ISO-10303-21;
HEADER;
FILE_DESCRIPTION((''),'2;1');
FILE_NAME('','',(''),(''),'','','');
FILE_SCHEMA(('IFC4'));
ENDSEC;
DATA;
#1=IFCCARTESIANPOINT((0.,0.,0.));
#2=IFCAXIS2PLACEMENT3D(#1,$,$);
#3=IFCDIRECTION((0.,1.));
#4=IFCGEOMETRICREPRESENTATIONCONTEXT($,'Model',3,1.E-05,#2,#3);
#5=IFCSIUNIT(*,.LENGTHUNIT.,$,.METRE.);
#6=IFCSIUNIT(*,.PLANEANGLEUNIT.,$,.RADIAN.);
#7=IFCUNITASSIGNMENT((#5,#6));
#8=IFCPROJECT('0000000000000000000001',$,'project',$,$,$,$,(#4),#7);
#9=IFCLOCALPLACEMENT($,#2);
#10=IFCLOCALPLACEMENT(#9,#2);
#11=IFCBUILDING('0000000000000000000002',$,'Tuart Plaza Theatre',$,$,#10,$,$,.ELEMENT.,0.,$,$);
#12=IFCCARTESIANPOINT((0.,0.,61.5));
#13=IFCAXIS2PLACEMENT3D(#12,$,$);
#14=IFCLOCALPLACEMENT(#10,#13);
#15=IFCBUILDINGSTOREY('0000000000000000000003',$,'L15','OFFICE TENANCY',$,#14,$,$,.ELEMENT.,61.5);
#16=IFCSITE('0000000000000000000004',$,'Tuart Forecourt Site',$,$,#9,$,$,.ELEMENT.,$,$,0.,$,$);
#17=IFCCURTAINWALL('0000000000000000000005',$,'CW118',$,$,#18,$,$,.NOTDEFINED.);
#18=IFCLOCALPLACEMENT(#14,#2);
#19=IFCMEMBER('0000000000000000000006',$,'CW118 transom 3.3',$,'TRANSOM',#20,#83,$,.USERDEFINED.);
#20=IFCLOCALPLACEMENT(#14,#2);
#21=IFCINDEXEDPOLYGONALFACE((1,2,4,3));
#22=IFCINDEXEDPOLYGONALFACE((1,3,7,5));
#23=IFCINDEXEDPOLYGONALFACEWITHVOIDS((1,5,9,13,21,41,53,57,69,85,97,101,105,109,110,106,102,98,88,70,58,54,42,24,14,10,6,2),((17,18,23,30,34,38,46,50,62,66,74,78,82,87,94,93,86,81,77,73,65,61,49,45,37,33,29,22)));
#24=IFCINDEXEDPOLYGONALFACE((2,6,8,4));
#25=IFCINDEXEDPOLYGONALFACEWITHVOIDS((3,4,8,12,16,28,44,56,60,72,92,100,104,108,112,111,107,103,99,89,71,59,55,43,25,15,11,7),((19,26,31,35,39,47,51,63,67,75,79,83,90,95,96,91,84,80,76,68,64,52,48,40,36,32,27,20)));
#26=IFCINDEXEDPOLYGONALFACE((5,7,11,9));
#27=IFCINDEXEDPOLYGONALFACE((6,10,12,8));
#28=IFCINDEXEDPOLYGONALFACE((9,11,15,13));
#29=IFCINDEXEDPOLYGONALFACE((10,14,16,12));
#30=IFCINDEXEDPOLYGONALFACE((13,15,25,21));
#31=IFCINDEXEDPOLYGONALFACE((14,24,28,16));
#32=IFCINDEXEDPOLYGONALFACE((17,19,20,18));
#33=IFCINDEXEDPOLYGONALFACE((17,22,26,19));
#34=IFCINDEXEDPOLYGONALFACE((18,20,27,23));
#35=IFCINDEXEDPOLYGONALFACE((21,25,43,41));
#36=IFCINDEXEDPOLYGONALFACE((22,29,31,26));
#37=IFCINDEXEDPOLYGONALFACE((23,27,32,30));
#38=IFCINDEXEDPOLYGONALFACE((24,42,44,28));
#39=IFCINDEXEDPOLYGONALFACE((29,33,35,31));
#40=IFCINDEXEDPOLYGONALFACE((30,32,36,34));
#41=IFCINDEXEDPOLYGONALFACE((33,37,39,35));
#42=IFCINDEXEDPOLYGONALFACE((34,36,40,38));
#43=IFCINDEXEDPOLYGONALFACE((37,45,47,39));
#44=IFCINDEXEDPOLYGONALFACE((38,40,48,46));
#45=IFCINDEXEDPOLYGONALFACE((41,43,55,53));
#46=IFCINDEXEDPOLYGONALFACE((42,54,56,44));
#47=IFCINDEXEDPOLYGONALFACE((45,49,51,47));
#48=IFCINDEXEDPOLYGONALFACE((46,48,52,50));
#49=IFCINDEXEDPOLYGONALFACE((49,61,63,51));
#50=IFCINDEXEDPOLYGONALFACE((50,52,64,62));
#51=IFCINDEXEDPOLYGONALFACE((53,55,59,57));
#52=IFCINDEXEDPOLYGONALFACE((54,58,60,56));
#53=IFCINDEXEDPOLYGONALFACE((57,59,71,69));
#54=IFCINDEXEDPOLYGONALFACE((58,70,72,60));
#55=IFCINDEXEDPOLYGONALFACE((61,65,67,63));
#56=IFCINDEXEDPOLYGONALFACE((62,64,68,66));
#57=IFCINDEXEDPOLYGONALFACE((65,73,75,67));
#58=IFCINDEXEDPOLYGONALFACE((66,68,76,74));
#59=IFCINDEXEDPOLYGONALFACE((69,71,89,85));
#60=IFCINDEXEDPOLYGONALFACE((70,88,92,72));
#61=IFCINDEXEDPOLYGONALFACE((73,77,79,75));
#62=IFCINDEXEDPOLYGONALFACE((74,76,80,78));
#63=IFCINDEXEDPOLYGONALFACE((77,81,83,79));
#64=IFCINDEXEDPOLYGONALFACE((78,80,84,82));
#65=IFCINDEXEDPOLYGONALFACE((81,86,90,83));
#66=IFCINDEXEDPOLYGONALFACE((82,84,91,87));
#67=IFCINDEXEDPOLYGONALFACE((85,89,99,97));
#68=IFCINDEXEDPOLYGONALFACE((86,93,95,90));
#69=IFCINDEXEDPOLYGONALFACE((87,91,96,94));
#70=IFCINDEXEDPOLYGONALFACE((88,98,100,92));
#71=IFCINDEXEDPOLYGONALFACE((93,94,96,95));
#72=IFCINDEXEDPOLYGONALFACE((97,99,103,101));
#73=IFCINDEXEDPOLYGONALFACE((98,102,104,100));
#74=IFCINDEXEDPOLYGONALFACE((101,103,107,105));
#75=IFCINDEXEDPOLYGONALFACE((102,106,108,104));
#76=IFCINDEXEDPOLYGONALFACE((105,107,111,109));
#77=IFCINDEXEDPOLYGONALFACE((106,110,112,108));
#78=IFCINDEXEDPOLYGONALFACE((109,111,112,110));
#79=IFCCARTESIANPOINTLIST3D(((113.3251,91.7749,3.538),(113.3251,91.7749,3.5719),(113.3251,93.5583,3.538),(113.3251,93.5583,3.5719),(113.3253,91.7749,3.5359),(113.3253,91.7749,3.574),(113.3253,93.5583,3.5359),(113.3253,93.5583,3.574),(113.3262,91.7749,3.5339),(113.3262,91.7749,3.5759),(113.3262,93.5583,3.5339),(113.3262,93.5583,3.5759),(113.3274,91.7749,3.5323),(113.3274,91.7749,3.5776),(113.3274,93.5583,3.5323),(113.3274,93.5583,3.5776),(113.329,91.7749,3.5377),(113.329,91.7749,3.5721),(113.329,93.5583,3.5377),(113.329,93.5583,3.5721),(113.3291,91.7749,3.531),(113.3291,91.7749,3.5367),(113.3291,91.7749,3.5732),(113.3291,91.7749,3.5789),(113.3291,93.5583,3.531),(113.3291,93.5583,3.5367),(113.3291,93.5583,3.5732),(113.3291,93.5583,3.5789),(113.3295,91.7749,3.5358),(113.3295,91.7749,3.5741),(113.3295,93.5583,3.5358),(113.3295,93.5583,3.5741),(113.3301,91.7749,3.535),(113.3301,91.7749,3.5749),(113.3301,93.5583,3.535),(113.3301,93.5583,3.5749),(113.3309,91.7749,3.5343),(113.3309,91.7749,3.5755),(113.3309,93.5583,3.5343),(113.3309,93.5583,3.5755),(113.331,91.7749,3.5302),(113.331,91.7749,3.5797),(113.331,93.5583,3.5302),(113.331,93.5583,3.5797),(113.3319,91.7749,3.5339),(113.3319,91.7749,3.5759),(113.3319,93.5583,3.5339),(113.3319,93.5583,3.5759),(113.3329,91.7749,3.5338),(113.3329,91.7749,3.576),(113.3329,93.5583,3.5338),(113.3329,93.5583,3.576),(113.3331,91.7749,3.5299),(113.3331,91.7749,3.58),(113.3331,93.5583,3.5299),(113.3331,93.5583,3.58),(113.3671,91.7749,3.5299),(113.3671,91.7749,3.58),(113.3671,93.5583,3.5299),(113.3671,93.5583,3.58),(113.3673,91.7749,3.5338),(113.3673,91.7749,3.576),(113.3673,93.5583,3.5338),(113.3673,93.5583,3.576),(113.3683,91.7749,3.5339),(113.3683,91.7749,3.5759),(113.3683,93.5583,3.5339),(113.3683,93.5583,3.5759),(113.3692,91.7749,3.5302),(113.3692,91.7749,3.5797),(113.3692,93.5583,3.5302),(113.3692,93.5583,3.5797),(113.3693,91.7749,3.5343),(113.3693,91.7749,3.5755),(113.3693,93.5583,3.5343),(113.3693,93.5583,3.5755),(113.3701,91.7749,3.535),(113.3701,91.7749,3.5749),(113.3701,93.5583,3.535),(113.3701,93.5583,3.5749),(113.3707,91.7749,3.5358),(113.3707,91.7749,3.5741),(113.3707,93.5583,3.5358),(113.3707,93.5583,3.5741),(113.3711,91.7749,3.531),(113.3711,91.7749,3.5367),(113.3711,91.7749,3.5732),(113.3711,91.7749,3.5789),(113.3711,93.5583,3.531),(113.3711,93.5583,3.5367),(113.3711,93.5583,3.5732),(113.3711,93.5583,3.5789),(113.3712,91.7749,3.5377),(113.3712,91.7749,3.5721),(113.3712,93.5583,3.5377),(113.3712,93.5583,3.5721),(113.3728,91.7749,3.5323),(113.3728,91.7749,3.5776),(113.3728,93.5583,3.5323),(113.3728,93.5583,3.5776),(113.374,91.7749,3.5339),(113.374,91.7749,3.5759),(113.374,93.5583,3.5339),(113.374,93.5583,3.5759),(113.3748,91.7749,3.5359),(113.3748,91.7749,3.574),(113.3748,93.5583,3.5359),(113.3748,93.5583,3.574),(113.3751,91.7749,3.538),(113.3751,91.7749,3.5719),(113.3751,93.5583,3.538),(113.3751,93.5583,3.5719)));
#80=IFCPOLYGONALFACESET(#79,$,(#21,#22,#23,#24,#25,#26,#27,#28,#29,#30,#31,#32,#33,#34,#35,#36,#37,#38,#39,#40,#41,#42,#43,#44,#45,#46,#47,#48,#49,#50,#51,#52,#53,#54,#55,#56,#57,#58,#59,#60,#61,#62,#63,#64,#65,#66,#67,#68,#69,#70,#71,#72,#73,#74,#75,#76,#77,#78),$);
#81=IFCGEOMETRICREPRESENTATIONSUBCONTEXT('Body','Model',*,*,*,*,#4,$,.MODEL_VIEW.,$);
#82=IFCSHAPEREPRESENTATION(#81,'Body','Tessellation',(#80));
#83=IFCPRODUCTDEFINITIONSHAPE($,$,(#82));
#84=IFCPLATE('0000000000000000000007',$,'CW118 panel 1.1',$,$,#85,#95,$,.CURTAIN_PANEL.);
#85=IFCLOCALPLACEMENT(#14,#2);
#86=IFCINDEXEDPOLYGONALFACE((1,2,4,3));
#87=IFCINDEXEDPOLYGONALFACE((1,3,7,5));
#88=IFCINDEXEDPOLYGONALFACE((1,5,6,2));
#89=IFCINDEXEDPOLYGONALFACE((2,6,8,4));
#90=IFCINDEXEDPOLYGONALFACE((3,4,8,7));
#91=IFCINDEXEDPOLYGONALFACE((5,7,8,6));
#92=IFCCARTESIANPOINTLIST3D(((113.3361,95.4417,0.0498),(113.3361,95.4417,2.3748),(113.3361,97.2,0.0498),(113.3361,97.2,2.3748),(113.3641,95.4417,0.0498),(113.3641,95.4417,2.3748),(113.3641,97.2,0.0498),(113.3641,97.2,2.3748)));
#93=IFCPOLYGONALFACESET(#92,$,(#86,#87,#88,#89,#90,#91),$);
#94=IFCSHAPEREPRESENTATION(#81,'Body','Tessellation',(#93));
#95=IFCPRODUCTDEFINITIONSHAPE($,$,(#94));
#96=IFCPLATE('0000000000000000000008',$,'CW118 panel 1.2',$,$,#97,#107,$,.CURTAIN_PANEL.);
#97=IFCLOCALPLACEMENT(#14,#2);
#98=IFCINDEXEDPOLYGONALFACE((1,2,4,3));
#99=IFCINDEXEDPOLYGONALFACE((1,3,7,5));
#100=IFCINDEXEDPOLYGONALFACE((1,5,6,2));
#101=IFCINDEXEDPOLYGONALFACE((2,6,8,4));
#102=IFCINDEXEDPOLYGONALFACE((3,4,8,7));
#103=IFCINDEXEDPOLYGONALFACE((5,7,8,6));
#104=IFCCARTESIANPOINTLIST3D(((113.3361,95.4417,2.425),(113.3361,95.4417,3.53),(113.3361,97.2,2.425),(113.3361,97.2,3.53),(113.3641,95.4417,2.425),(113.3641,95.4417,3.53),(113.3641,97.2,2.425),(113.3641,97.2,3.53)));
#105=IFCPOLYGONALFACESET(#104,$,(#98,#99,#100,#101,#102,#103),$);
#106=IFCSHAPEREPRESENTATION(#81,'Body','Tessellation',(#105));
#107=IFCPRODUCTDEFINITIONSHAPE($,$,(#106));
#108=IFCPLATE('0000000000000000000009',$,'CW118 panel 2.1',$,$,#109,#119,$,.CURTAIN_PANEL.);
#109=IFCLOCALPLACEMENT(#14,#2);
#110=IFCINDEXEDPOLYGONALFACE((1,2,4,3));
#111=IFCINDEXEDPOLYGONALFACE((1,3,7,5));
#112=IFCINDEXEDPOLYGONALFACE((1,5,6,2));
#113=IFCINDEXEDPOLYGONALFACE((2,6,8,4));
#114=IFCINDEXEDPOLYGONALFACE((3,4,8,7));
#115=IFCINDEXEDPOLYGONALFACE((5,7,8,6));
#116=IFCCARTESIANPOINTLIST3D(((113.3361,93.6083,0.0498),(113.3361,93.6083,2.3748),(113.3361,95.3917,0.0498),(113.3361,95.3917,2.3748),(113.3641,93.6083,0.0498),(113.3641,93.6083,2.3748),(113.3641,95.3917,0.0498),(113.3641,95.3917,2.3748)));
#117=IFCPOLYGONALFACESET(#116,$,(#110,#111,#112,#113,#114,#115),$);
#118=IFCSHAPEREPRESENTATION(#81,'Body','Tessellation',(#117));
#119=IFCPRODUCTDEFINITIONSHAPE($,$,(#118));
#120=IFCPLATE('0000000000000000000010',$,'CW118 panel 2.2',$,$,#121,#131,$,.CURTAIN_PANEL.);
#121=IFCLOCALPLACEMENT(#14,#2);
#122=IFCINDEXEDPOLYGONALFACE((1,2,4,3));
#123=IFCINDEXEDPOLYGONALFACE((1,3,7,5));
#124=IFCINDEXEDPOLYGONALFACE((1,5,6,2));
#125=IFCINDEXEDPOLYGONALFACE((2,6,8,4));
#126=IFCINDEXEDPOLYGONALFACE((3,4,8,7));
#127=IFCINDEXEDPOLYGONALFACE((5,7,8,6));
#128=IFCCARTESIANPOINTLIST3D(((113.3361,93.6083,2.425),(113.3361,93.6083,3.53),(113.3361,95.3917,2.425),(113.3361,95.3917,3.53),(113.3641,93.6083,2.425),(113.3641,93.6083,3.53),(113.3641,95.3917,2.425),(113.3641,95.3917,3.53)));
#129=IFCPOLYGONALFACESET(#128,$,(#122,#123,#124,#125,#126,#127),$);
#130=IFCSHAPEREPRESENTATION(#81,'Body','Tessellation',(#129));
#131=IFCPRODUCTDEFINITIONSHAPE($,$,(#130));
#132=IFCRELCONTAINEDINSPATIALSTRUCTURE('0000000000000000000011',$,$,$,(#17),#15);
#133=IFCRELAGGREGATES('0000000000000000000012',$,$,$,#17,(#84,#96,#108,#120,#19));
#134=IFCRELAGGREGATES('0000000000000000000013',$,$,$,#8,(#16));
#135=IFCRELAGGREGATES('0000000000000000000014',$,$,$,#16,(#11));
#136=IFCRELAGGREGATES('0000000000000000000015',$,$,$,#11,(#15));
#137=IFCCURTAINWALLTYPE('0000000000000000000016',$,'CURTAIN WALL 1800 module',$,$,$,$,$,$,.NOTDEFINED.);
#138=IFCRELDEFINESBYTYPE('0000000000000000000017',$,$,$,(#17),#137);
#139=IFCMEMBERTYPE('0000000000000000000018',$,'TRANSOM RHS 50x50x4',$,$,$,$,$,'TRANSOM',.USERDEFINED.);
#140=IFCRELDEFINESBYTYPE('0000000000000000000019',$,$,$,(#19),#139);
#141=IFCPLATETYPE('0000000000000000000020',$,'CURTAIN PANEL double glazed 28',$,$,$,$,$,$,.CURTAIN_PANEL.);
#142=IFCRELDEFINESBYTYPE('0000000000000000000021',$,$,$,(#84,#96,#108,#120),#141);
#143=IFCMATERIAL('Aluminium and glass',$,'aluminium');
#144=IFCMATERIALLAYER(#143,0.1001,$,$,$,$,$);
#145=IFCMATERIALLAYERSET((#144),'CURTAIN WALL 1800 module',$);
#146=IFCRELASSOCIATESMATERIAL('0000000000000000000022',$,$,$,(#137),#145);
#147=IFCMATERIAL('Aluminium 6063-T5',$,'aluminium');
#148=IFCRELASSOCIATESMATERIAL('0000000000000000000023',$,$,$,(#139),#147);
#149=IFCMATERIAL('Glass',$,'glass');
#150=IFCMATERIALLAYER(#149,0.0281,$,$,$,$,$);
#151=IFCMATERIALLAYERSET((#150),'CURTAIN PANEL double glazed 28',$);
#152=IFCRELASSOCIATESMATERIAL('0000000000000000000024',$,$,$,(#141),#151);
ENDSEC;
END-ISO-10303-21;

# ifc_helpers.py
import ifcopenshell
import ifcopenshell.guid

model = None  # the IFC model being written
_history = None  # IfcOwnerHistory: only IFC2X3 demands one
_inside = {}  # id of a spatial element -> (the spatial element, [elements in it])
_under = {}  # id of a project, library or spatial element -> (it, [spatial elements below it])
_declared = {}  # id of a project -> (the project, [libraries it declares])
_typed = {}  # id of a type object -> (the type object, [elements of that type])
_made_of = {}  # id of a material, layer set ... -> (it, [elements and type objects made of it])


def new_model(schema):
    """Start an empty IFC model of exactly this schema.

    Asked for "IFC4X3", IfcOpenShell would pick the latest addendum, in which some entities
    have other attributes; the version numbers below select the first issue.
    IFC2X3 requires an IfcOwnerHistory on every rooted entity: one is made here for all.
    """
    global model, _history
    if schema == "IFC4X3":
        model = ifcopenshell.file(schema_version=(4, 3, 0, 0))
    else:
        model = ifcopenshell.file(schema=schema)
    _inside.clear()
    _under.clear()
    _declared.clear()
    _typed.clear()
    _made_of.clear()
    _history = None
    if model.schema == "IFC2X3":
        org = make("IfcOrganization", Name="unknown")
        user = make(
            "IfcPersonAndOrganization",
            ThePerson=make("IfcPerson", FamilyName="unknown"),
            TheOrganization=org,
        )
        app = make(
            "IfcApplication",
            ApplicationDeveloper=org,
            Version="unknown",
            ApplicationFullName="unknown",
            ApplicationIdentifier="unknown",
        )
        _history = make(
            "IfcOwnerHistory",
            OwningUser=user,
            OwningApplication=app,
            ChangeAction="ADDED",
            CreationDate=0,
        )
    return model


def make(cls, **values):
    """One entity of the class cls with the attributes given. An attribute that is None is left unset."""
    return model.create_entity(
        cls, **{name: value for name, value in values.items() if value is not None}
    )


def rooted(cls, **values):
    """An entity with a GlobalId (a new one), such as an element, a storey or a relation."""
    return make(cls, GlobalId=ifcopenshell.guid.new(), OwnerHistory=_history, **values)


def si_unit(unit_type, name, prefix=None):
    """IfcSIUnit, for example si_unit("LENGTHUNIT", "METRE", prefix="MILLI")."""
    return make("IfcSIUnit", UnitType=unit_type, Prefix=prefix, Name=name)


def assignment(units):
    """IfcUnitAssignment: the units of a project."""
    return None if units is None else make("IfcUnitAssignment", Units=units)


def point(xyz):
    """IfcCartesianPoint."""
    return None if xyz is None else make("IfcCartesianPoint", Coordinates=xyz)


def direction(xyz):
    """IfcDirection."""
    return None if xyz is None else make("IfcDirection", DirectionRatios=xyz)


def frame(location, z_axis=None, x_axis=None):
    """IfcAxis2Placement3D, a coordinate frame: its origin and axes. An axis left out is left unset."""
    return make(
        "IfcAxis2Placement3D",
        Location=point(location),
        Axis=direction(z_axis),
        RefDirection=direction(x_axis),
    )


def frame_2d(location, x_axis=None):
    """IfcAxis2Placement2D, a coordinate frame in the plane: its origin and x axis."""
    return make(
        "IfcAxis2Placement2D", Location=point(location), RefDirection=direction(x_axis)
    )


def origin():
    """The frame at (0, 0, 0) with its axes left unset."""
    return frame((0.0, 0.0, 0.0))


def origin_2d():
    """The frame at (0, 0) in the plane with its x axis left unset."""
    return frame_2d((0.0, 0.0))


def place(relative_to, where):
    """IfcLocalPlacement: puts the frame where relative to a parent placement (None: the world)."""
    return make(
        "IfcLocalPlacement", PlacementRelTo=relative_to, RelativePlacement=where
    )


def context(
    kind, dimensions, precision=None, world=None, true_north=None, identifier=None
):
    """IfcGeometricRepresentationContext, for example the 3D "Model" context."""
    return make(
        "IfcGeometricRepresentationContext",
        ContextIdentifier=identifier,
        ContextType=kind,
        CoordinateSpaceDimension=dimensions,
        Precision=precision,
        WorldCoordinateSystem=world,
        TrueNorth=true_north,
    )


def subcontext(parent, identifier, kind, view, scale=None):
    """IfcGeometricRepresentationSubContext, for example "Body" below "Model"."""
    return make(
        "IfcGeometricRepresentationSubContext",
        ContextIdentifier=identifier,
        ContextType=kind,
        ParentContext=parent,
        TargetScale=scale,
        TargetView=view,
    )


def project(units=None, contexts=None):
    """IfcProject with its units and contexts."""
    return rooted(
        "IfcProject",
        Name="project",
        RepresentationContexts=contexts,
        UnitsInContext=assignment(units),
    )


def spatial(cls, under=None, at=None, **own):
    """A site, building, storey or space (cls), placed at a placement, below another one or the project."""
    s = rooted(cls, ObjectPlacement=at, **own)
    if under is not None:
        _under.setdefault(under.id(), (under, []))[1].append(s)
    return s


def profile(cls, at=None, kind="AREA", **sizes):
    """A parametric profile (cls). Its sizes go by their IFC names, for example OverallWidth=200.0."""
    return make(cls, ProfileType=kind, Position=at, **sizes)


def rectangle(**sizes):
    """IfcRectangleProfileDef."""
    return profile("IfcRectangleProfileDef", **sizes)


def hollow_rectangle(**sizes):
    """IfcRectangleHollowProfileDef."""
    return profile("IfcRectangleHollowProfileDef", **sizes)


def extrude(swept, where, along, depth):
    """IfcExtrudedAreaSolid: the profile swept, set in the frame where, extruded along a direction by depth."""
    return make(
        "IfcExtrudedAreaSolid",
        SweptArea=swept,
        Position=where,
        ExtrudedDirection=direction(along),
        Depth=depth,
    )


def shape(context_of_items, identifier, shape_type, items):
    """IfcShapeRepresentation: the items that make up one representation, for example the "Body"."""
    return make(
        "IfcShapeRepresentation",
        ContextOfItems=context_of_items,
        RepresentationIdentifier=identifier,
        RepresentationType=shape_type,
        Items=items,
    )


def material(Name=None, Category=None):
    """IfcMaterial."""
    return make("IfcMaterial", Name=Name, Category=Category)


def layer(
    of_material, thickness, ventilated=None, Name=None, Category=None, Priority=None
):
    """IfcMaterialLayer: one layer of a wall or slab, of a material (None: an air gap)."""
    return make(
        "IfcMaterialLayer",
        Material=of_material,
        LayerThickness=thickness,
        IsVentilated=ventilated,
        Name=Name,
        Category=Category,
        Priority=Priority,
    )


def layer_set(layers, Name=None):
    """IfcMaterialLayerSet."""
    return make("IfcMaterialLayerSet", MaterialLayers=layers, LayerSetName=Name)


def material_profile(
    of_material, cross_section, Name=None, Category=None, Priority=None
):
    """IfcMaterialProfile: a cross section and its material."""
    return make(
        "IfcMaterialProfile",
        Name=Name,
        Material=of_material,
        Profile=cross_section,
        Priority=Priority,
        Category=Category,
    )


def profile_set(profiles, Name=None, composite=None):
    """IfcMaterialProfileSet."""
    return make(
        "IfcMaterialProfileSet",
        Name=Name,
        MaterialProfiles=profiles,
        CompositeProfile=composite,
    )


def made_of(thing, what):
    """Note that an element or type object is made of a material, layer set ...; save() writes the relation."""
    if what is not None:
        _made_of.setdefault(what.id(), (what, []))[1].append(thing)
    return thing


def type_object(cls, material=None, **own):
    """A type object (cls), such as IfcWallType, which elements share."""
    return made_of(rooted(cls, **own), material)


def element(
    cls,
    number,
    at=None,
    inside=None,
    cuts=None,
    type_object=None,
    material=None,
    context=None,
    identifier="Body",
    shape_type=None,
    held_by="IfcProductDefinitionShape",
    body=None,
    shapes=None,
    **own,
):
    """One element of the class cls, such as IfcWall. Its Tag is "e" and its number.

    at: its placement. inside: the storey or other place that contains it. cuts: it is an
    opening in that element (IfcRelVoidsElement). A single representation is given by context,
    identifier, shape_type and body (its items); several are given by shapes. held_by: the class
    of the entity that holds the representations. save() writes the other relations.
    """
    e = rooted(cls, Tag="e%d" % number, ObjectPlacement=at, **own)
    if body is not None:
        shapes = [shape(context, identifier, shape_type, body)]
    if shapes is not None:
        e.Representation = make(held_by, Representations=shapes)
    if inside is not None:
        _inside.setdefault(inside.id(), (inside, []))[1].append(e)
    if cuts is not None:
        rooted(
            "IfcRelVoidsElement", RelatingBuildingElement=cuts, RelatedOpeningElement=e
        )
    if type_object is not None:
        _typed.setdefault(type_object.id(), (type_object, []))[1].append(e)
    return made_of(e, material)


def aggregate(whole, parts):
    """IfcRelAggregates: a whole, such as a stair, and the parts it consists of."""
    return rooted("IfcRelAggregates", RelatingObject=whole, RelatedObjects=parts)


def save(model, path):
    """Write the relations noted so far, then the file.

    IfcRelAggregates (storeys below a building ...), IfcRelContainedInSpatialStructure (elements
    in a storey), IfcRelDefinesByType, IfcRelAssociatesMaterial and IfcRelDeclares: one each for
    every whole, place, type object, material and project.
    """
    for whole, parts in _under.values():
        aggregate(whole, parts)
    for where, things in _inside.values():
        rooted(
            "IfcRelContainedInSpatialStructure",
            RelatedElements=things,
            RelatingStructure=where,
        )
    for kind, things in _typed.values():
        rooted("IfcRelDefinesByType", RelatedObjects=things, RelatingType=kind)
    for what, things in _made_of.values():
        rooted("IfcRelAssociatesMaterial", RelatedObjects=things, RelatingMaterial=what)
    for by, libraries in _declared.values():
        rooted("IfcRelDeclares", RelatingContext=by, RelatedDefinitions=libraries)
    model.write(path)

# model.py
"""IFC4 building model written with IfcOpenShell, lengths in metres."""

from ifc_helpers import new_model, si_unit, direction, frame, origin, origin_2d, place, context, subcontext, project, spatial, rectangle, hollow_rectangle, extrude, material, layer, layer_set, material_profile, profile_set, type_object, element, aggregate, save


model = new_model("IFC4")

# Units and contexts
model_context = context("Model", 3, precision=1e-05, world=origin(), true_north=direction((0.0, 1.0)))
body_context = subcontext(model_context, "Body", "Model", "MODEL_VIEW")
ifc_project = project(units=[si_unit("LENGTHUNIT", "METRE"), si_unit("PLANEANGLEUNIT", "RADIAN")], contexts=[model_context])

# Site, building, storey
site_placement = place(None, origin())
site = spatial("IfcSite", under=ifc_project, at=site_placement, Name="Tuart Forecourt Site", CompositionType="ELEMENT", RefElevation=0.0)
building_placement = place(site_placement, origin())
building = spatial("IfcBuilding", under=site, at=building_placement, Name="Tuart Plaza Theatre", CompositionType="ELEMENT", ElevationOfRefHeight=0.0)
storey_placement = place(building_placement, frame((0.0, 0.0, 61.5)))
storey = spatial("IfcBuildingStorey", under=building, at=storey_placement, Name="L15", Description="OFFICE TENANCY", CompositionType="ELEMENT", Elevation=61.5)

# Curtain wall, member, plates
ifc_material_1 = material(Name="Aluminium and glass", Category="aluminium")
ifc_layer_1 = layer(ifc_material_1, 0.1001)
ifc_layer_set_1 = layer_set([ifc_layer_1], Name="CURTAIN WALL 1800 module")
curtain_wall_type = type_object("IfcCurtainWallType", Name="CURTAIN WALL 1800 module", PredefinedType="NOTDEFINED", material=ifc_layer_set_1)
curtain_wall_placement = place(storey_placement, origin())
curtain_wall = element("IfcCurtainWall", 1, at=curtain_wall_placement, inside=storey, type_object=curtain_wall_type, Name="CW118", PredefinedType="NOTDEFINED")
ifc_material_2 = material(Name="Aluminium 6063-T5", Category="aluminium")
ifc_material_profile_1 = material_profile(ifc_material_2, hollow_rectangle(XDim=0.05, YDim=0.05, WallThickness=0.0039, InnerFilletRadius=0.0039, OuterFilletRadius=0.0081, at=origin_2d()), Name="RHS 50x50x4")
ifc_profile_set_1 = profile_set([ifc_material_profile_1], Name="Aluminium 6063-T5")
member_type_1 = type_object("IfcMemberType", Name="TRANSOM RHS 50x50x4", ElementType="TRANSOM", PredefinedType="USERDEFINED", material=ifc_profile_set_1)
member_1_placement = place(storey_placement, frame((113.3501, 93.5583, 3.5549), z_axis=(0.0, -1.0, 0.0), x_axis=(1.0, 0.0, 0.0)))
member_1 = element("IfcMember", 2, at=member_1_placement, type_object=member_type_1, Name="CW118 transom 3.3", ObjectType="TRANSOM", PredefinedType="USERDEFINED", context=body_context, shape_type="SweptSolid", body=[
    extrude(hollow_rectangle(XDim=0.05, YDim=0.05, WallThickness=0.0039, InnerFilletRadius=0.0039, OuterFilletRadius=0.0081, at=origin_2d()), origin(), (0.0, 0.0, 1.0), 1.7834),
])
ifc_material_3 = material(Name="Glass", Category="glass")
ifc_layer_2 = layer(ifc_material_3, 0.0281)
ifc_layer_set_2 = layer_set([ifc_layer_2], Name="CURTAIN PANEL double glazed 28")
plate_type = type_object("IfcPlateType", Name="CURTAIN PANEL double glazed 28", PredefinedType="CURTAIN_PANEL", material=ifc_layer_set_2)
plate_1_placement = place(storey_placement, frame((113.3501, 96.3208, 0.0498), z_axis=(0.0, 0.0, 1.0), x_axis=(0.0, -1.0, 0.0)))
plate_1 = element("IfcPlate", 3, at=plate_1_placement, type_object=plate_type, Name="CW118 panel 1.1", PredefinedType="CURTAIN_PANEL", context=body_context, shape_type="SweptSolid", body=[
    extrude(rectangle(XDim=1.7583, YDim=0.0281, at=origin_2d()), origin(), (0.0, 0.0, 1.0), 2.325),
])
plate_2_placement = place(storey_placement, frame((113.3501, 96.3208, 2.425), z_axis=(0.0, 0.0, 1.0), x_axis=(0.0, -1.0, 0.0)))
plate_2 = element("IfcPlate", 4, at=plate_2_placement, type_object=plate_type, Name="CW118 panel 1.2", PredefinedType="CURTAIN_PANEL", context=body_context, shape_type="SweptSolid", body=[
    extrude(rectangle(XDim=1.7583, YDim=0.0281, at=origin_2d()), origin(), (0.0, 0.0, 1.0), 1.105),
])
plate_3_placement = place(storey_placement, frame((113.3501, 94.5, 0.0498), z_axis=(0.0, 0.0, 1.0), x_axis=(0.0, -1.0, 0.0)))
plate_3 = element("IfcPlate", 5, at=plate_3_placement, type_object=plate_type, Name="CW118 panel 2.1", PredefinedType="CURTAIN_PANEL", context=body_context, shape_type="SweptSolid", body=[
    extrude(rectangle(XDim=1.7834, YDim=0.0281, at=origin_2d()), origin(), (0.0, 0.0, 1.0), 2.325),
])
plate_4_placement = place(storey_placement, frame((113.3501, 94.5, 2.425), z_axis=(0.0, 0.0, 1.0), x_axis=(0.0, -1.0, 0.0)))
plate_4 = element("IfcPlate", 6, at=plate_4_placement, type_object=plate_type, Name="CW118 panel 2.2", PredefinedType="CURTAIN_PANEL", context=body_context, shape_type="SweptSolid", body=[
    extrude(rectangle(XDim=1.7834, YDim=0.0281, at=origin_2d()), origin(), (0.0, 0.0, 1.0), 1.105),
])
aggregate(curtain_wall, [plate_1, plate_2, plate_3, plate_4, member_1])

save(model, "model.ifc")
